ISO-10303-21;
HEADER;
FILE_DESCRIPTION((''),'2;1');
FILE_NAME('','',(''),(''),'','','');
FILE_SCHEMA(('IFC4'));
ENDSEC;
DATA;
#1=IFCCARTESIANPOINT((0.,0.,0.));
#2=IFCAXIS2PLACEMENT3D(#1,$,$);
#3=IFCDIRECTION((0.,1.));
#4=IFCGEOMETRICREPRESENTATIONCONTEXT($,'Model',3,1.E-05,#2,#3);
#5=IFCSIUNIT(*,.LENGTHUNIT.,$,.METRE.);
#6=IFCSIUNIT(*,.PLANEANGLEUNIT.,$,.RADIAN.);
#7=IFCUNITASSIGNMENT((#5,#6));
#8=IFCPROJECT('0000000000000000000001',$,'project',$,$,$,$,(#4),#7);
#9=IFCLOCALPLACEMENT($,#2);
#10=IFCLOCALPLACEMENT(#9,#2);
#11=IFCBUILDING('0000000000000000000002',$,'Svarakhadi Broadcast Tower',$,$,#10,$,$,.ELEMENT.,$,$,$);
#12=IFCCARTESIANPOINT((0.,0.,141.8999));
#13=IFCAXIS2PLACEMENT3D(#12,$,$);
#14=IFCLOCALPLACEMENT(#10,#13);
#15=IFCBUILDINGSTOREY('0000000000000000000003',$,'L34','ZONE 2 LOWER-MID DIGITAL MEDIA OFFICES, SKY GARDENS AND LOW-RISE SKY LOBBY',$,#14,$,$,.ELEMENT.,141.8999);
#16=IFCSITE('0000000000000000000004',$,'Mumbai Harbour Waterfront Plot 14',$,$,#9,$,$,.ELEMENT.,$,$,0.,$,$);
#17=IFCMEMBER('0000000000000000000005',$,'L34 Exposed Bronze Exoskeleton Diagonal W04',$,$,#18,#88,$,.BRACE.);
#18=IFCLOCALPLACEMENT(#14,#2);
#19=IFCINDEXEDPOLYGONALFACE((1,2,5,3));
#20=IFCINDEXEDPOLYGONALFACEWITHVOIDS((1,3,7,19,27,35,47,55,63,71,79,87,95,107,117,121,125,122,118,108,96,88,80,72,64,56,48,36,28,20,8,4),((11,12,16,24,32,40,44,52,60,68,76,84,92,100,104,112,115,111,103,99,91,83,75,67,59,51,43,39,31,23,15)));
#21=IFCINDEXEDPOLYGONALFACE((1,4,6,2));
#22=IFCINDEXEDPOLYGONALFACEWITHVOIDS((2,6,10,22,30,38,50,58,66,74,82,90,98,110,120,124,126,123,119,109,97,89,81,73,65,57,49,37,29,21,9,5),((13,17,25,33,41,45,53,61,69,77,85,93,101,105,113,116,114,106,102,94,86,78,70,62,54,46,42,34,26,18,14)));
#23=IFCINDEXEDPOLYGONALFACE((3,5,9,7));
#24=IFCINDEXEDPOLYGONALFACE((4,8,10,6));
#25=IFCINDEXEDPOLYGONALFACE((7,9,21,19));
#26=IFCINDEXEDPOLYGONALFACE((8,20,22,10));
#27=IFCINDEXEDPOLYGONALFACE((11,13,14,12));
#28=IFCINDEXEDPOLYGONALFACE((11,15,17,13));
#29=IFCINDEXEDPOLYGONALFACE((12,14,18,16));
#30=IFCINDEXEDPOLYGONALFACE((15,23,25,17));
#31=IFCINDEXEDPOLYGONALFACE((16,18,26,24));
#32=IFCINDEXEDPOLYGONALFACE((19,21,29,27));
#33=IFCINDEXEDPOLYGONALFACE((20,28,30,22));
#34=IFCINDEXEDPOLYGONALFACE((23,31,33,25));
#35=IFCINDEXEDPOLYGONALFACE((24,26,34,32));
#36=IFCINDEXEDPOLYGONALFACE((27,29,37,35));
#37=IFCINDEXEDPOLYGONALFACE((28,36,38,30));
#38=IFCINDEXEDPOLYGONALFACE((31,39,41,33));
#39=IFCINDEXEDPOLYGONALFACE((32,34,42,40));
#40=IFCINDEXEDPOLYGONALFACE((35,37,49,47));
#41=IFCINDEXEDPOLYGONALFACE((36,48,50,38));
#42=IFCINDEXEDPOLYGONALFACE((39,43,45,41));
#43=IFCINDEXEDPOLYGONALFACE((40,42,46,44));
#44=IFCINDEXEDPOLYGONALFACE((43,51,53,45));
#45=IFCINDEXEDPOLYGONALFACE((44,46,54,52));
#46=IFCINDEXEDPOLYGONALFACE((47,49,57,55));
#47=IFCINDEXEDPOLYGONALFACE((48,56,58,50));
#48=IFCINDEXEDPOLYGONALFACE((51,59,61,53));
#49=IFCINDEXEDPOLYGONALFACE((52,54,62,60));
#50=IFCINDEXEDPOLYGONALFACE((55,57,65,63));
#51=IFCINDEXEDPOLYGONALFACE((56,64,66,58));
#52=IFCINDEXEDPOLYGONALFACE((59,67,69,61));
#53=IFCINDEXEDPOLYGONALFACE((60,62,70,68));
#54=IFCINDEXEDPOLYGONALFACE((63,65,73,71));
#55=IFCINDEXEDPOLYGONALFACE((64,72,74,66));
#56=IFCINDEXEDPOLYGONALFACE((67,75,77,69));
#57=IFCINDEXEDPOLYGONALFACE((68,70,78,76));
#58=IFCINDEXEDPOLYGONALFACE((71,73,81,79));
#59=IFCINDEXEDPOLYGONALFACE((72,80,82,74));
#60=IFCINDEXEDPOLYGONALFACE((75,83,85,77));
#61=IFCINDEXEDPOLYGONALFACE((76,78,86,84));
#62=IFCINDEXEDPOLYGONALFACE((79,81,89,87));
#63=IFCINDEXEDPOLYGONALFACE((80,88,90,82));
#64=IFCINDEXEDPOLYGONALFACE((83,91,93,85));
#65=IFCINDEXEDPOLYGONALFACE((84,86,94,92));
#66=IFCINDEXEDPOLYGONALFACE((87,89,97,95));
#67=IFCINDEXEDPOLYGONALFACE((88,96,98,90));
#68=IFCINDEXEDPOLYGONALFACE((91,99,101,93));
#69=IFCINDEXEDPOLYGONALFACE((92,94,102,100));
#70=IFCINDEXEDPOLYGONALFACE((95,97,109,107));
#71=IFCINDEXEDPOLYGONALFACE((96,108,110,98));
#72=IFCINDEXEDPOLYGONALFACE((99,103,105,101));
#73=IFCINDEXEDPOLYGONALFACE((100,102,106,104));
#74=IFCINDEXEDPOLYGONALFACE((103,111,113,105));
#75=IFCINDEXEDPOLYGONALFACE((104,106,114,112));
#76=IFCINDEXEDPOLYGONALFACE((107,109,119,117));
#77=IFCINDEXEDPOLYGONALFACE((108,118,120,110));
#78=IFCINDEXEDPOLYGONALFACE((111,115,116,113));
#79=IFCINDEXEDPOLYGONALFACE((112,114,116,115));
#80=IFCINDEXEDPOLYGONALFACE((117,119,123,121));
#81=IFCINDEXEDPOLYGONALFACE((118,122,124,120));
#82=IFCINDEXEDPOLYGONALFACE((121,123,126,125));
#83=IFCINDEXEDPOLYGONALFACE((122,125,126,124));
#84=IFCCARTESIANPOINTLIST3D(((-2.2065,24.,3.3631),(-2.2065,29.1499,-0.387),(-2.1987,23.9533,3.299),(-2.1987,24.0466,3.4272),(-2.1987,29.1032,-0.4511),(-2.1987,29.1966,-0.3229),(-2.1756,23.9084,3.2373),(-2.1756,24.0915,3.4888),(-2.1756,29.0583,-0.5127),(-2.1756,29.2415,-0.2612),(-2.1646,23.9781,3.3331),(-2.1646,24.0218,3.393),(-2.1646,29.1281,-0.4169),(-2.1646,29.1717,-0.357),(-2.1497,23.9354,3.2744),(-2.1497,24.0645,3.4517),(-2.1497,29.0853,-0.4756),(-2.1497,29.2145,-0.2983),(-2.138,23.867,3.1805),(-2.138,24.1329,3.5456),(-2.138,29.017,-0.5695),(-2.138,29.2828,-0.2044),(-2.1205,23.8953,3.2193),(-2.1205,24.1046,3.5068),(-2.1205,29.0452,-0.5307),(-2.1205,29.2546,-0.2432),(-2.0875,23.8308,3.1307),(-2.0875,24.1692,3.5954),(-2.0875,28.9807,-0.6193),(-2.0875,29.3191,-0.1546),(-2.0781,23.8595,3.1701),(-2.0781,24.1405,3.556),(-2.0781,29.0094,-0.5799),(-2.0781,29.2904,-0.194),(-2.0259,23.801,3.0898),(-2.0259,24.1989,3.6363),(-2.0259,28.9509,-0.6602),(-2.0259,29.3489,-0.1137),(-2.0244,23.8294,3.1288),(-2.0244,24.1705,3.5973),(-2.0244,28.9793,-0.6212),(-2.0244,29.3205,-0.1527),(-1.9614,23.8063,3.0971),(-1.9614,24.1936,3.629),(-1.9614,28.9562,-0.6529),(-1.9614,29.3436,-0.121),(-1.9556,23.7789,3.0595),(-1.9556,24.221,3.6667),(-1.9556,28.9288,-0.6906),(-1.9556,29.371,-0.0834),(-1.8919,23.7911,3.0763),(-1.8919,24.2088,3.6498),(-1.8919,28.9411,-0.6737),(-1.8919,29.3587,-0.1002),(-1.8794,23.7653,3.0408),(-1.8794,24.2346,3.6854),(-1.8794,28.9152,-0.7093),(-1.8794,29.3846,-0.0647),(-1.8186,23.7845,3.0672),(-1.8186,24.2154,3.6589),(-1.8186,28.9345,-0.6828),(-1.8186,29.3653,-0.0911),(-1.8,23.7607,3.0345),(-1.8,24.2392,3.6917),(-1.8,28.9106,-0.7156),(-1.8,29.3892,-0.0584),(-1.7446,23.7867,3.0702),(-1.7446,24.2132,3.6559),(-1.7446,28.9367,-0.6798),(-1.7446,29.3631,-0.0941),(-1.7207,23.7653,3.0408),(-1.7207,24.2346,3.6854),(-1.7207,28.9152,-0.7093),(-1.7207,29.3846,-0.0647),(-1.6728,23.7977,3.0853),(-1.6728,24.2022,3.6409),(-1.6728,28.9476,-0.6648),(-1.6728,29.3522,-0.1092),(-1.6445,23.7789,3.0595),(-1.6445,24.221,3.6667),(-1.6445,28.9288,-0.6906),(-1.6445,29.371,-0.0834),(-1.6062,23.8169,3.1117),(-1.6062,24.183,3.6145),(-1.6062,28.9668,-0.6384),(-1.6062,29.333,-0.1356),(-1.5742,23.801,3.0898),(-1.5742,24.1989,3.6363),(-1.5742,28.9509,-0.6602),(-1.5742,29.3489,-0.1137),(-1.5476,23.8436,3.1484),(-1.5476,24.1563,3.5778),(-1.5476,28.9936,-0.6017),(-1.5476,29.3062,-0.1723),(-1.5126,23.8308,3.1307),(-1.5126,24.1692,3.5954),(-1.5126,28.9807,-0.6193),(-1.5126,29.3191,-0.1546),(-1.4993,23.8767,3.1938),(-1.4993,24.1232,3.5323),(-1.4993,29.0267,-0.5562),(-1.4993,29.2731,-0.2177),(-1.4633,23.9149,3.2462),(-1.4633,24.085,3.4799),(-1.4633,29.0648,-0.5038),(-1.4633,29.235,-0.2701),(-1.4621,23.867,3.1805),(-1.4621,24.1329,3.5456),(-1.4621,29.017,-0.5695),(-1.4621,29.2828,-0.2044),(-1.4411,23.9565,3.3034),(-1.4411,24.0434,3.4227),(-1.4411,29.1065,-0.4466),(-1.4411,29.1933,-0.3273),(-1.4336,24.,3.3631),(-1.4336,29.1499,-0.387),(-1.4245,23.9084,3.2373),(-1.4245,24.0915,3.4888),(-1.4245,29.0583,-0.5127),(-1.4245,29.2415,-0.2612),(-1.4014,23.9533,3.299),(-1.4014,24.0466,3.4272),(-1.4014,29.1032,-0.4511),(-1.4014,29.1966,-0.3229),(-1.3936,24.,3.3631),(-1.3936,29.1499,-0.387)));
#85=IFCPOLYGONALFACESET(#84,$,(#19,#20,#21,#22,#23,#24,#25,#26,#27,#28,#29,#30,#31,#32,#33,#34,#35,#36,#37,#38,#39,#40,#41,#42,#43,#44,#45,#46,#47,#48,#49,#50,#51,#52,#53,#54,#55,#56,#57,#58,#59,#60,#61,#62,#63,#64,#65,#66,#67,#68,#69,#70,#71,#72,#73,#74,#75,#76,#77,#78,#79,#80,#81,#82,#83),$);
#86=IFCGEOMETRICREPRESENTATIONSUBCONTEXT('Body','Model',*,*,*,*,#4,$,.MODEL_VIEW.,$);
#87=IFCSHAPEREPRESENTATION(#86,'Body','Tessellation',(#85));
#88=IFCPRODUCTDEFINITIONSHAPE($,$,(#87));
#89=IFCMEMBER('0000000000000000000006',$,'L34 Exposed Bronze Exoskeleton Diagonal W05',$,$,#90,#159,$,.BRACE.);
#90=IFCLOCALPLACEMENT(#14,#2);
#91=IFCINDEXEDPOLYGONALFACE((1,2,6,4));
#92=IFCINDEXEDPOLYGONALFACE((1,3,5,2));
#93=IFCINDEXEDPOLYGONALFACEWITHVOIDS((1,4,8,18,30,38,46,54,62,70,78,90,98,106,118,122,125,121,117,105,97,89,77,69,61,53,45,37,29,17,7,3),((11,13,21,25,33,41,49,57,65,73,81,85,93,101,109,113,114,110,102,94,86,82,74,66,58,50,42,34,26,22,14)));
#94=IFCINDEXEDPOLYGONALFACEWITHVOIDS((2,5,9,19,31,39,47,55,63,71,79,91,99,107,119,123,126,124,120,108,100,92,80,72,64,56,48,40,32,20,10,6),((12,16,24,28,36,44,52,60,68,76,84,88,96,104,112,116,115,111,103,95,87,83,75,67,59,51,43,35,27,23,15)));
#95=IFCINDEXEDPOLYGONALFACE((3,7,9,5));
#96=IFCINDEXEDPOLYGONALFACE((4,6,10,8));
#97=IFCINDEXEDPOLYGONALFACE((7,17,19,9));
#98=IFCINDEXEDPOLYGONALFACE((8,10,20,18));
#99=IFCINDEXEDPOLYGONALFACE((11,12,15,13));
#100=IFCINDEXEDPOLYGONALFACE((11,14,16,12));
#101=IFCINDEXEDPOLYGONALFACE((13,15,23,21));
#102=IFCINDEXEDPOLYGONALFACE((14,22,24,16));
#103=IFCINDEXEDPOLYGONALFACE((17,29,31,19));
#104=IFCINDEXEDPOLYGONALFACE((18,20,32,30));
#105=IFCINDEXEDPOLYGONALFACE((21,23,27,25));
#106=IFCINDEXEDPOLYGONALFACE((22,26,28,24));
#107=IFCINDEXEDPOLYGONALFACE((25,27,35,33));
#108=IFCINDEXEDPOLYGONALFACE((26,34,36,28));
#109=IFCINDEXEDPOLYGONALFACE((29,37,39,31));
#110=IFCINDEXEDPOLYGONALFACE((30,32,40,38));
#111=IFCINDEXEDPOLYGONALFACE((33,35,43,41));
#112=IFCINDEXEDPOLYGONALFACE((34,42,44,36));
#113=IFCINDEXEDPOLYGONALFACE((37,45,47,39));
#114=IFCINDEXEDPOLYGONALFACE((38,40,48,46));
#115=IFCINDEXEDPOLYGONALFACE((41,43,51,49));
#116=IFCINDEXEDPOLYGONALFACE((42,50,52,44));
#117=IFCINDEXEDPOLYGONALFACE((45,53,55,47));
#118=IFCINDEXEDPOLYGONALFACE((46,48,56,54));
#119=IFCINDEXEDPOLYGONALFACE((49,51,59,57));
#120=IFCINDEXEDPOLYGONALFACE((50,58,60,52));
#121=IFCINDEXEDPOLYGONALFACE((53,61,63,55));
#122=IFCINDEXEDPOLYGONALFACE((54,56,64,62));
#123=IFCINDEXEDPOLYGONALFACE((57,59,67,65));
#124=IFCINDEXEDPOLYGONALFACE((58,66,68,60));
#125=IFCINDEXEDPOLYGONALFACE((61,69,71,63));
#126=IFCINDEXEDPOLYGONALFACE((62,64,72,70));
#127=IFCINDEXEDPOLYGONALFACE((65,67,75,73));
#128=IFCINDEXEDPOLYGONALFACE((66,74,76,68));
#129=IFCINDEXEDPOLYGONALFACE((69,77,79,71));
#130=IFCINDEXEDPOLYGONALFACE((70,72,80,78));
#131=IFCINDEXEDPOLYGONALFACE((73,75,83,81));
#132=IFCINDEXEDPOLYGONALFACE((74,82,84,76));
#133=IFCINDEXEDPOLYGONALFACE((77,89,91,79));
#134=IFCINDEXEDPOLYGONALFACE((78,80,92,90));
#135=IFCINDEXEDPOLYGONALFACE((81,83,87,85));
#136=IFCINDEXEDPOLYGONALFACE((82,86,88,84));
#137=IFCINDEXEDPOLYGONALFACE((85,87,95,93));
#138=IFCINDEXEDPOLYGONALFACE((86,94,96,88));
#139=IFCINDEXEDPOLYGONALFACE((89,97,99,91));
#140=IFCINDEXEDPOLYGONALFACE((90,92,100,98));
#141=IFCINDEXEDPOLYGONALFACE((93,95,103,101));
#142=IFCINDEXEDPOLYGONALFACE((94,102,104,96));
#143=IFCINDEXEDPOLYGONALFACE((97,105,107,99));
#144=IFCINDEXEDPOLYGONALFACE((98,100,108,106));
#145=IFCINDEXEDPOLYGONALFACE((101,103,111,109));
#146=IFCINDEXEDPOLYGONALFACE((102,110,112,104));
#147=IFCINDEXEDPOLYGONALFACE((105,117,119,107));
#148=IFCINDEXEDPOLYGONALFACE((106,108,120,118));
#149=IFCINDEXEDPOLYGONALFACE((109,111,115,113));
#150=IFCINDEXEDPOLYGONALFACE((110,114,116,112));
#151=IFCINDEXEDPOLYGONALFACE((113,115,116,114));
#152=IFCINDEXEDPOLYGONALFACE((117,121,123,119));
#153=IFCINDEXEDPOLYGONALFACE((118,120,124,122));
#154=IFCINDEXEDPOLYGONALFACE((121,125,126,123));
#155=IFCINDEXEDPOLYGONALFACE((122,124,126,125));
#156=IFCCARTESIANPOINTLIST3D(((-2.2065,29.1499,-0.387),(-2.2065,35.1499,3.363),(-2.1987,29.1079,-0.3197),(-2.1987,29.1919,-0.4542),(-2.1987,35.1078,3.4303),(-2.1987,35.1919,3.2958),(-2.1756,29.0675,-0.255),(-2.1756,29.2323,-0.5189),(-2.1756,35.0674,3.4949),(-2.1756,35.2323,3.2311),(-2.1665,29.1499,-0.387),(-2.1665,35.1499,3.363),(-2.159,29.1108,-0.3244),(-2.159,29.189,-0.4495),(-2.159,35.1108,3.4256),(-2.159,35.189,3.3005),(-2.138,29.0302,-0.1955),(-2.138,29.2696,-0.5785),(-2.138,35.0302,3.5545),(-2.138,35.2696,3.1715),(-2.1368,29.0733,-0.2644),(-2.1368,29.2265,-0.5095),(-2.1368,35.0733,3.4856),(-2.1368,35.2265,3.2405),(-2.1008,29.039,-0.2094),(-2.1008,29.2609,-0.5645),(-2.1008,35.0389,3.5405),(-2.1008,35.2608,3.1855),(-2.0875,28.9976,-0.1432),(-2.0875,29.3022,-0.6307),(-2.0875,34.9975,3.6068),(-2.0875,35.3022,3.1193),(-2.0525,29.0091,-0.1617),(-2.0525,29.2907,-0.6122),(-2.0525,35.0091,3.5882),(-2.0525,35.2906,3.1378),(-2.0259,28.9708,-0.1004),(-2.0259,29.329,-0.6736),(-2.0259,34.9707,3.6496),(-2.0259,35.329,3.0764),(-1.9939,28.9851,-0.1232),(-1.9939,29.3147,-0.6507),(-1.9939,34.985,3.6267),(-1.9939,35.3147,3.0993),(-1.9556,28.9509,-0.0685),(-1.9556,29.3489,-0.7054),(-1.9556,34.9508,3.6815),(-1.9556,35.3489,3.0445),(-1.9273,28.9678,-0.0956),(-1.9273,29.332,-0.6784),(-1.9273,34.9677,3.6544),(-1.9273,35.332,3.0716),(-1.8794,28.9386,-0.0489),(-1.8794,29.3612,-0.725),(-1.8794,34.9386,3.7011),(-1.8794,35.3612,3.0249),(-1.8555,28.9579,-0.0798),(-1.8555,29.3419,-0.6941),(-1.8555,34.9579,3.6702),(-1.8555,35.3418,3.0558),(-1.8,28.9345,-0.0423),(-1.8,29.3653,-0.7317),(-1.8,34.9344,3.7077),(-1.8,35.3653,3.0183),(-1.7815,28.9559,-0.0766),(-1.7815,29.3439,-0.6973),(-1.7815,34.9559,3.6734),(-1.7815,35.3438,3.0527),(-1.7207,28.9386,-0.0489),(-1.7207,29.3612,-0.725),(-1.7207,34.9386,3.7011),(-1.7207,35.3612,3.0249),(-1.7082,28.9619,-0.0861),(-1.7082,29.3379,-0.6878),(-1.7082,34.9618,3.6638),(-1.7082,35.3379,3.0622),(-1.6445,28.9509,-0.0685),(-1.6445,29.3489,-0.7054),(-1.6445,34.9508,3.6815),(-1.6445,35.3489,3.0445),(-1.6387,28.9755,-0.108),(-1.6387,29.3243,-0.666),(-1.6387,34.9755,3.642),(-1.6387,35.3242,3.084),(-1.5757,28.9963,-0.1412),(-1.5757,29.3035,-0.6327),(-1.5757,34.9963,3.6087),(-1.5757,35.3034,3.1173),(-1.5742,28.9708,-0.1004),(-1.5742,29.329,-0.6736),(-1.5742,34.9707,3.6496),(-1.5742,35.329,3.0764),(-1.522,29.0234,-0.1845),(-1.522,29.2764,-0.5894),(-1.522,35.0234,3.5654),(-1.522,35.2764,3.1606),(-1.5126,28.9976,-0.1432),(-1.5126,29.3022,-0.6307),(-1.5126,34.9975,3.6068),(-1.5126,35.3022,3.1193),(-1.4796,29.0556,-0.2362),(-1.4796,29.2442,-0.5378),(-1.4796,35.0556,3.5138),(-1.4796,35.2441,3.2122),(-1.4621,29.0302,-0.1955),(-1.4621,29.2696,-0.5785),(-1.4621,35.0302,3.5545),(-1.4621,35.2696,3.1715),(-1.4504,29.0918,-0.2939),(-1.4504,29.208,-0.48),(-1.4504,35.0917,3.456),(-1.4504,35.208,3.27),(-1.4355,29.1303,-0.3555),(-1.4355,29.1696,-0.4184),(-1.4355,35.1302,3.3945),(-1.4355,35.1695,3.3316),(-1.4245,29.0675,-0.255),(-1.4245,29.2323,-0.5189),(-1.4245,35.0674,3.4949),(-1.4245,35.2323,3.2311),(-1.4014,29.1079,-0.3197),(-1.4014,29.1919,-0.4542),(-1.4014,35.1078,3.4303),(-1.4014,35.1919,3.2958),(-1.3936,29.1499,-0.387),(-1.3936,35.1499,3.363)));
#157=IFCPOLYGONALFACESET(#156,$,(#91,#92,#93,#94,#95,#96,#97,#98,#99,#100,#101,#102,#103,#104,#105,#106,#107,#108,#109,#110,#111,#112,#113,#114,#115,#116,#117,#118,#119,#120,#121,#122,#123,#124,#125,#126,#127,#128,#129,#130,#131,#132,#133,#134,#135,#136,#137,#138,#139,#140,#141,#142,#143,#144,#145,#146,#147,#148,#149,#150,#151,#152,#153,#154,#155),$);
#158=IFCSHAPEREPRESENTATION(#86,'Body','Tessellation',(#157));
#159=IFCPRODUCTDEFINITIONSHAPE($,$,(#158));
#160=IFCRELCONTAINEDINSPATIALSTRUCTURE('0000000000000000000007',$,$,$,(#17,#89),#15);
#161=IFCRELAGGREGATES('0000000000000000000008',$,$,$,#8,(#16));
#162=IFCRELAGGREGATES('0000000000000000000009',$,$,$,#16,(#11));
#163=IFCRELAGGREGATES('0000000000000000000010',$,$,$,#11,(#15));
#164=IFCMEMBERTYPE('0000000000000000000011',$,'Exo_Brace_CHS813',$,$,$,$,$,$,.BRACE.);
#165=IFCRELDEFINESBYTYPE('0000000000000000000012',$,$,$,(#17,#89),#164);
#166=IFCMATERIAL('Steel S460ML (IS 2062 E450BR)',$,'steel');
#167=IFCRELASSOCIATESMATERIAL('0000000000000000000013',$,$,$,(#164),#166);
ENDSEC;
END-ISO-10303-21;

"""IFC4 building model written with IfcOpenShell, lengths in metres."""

from ifc_helpers import new_model, si_unit, direction, frame, origin, origin_2d, place, context, subcontext, project, spatial, hollow_circle, extrude, material, material_profile, profile_set, type_object, element, save


model = new_model("IFC4")

# Units and contexts
model_context = context("Model", 3, precision=1e-05, world=origin(), true_north=direction((0.0, 1.0)))
body_context = subcontext(model_context, "Body", "Model", "MODEL_VIEW")
ifc_project = project(units=[si_unit("LENGTHUNIT", "METRE"), si_unit("PLANEANGLEUNIT", "RADIAN")], contexts=[model_context])

# Site, building, storey
site_placement = place(None, origin())
site = spatial("IfcSite", under=ifc_project, at=site_placement, Name="Mumbai Harbour Waterfront Plot 14", CompositionType="ELEMENT", RefElevation=0.0)
building_placement = place(site_placement, origin())
building = spatial("IfcBuilding", under=site, at=building_placement, Name="Svarakhadi Broadcast Tower", CompositionType="ELEMENT")
storey_placement = place(building_placement, frame((0.0, 0.0, 141.8999)))
storey = spatial("IfcBuildingStorey", under=building, at=storey_placement, Name="L34", Description="ZONE 2 LOWER-MID DIGITAL MEDIA OFFICES, SKY GARDENS AND LOW-RISE SKY LOBBY", CompositionType="ELEMENT", Elevation=141.8999)

# Shared definitions
ifc_material_1 = material(Name="Steel S460ML (IS 2062 E450BR)", Category="steel")

# Members
ifc_material_profile_1 = material_profile(ifc_material_1, hollow_circle(Radius=0.4065, WallThickness=0.04, at=origin_2d()), Name="CHS 813x40")
ifc_profile_set_1 = profile_set([ifc_material_profile_1], Name="Steel S460ML (IS 2062 E450BR)")
member_type_1 = type_object("IfcMemberType", Name="Exo_Brace_CHS813", PredefinedType="BRACE", material=ifc_profile_set_1)
member_1_placement = place(storey_placement, frame((-1.8, 29.1499, -0.387), z_axis=(0.0, -0.808391, 0.588646), x_axis=(1.0, 0.0, 0.0)))
element("IfcMember", 1, at=member_1_placement, inside=storey, type_object=member_type_1, Name="L34 Exposed Bronze Exoskeleton Diagonal W04", PredefinedType="BRACE", context=body_context, shape_type="SweptSolid", body=[
    extrude(hollow_circle(Radius=0.4065, WallThickness=0.04, at=origin_2d()), origin(), (0.0, 0.0, 1.0), 6.3706),
])
member_2_placement = place(storey_placement, frame((-1.8, 29.1499, -0.387), z_axis=(0.0, 0.847998, 0.529999), x_axis=(-1.0, 0.0, 0.0)))
element("IfcMember", 2, at=member_2_placement, inside=storey, type_object=member_type_1, Name="L34 Exposed Bronze Exoskeleton Diagonal W05", PredefinedType="BRACE", context=body_context, shape_type="SweptSolid", body=[
    extrude(hollow_circle(Radius=0.4065, WallThickness=0.04, at=origin_2d()), origin(), (0.0, 0.0, 1.0), 7.0754),
])

save(model, "model.ifc")
